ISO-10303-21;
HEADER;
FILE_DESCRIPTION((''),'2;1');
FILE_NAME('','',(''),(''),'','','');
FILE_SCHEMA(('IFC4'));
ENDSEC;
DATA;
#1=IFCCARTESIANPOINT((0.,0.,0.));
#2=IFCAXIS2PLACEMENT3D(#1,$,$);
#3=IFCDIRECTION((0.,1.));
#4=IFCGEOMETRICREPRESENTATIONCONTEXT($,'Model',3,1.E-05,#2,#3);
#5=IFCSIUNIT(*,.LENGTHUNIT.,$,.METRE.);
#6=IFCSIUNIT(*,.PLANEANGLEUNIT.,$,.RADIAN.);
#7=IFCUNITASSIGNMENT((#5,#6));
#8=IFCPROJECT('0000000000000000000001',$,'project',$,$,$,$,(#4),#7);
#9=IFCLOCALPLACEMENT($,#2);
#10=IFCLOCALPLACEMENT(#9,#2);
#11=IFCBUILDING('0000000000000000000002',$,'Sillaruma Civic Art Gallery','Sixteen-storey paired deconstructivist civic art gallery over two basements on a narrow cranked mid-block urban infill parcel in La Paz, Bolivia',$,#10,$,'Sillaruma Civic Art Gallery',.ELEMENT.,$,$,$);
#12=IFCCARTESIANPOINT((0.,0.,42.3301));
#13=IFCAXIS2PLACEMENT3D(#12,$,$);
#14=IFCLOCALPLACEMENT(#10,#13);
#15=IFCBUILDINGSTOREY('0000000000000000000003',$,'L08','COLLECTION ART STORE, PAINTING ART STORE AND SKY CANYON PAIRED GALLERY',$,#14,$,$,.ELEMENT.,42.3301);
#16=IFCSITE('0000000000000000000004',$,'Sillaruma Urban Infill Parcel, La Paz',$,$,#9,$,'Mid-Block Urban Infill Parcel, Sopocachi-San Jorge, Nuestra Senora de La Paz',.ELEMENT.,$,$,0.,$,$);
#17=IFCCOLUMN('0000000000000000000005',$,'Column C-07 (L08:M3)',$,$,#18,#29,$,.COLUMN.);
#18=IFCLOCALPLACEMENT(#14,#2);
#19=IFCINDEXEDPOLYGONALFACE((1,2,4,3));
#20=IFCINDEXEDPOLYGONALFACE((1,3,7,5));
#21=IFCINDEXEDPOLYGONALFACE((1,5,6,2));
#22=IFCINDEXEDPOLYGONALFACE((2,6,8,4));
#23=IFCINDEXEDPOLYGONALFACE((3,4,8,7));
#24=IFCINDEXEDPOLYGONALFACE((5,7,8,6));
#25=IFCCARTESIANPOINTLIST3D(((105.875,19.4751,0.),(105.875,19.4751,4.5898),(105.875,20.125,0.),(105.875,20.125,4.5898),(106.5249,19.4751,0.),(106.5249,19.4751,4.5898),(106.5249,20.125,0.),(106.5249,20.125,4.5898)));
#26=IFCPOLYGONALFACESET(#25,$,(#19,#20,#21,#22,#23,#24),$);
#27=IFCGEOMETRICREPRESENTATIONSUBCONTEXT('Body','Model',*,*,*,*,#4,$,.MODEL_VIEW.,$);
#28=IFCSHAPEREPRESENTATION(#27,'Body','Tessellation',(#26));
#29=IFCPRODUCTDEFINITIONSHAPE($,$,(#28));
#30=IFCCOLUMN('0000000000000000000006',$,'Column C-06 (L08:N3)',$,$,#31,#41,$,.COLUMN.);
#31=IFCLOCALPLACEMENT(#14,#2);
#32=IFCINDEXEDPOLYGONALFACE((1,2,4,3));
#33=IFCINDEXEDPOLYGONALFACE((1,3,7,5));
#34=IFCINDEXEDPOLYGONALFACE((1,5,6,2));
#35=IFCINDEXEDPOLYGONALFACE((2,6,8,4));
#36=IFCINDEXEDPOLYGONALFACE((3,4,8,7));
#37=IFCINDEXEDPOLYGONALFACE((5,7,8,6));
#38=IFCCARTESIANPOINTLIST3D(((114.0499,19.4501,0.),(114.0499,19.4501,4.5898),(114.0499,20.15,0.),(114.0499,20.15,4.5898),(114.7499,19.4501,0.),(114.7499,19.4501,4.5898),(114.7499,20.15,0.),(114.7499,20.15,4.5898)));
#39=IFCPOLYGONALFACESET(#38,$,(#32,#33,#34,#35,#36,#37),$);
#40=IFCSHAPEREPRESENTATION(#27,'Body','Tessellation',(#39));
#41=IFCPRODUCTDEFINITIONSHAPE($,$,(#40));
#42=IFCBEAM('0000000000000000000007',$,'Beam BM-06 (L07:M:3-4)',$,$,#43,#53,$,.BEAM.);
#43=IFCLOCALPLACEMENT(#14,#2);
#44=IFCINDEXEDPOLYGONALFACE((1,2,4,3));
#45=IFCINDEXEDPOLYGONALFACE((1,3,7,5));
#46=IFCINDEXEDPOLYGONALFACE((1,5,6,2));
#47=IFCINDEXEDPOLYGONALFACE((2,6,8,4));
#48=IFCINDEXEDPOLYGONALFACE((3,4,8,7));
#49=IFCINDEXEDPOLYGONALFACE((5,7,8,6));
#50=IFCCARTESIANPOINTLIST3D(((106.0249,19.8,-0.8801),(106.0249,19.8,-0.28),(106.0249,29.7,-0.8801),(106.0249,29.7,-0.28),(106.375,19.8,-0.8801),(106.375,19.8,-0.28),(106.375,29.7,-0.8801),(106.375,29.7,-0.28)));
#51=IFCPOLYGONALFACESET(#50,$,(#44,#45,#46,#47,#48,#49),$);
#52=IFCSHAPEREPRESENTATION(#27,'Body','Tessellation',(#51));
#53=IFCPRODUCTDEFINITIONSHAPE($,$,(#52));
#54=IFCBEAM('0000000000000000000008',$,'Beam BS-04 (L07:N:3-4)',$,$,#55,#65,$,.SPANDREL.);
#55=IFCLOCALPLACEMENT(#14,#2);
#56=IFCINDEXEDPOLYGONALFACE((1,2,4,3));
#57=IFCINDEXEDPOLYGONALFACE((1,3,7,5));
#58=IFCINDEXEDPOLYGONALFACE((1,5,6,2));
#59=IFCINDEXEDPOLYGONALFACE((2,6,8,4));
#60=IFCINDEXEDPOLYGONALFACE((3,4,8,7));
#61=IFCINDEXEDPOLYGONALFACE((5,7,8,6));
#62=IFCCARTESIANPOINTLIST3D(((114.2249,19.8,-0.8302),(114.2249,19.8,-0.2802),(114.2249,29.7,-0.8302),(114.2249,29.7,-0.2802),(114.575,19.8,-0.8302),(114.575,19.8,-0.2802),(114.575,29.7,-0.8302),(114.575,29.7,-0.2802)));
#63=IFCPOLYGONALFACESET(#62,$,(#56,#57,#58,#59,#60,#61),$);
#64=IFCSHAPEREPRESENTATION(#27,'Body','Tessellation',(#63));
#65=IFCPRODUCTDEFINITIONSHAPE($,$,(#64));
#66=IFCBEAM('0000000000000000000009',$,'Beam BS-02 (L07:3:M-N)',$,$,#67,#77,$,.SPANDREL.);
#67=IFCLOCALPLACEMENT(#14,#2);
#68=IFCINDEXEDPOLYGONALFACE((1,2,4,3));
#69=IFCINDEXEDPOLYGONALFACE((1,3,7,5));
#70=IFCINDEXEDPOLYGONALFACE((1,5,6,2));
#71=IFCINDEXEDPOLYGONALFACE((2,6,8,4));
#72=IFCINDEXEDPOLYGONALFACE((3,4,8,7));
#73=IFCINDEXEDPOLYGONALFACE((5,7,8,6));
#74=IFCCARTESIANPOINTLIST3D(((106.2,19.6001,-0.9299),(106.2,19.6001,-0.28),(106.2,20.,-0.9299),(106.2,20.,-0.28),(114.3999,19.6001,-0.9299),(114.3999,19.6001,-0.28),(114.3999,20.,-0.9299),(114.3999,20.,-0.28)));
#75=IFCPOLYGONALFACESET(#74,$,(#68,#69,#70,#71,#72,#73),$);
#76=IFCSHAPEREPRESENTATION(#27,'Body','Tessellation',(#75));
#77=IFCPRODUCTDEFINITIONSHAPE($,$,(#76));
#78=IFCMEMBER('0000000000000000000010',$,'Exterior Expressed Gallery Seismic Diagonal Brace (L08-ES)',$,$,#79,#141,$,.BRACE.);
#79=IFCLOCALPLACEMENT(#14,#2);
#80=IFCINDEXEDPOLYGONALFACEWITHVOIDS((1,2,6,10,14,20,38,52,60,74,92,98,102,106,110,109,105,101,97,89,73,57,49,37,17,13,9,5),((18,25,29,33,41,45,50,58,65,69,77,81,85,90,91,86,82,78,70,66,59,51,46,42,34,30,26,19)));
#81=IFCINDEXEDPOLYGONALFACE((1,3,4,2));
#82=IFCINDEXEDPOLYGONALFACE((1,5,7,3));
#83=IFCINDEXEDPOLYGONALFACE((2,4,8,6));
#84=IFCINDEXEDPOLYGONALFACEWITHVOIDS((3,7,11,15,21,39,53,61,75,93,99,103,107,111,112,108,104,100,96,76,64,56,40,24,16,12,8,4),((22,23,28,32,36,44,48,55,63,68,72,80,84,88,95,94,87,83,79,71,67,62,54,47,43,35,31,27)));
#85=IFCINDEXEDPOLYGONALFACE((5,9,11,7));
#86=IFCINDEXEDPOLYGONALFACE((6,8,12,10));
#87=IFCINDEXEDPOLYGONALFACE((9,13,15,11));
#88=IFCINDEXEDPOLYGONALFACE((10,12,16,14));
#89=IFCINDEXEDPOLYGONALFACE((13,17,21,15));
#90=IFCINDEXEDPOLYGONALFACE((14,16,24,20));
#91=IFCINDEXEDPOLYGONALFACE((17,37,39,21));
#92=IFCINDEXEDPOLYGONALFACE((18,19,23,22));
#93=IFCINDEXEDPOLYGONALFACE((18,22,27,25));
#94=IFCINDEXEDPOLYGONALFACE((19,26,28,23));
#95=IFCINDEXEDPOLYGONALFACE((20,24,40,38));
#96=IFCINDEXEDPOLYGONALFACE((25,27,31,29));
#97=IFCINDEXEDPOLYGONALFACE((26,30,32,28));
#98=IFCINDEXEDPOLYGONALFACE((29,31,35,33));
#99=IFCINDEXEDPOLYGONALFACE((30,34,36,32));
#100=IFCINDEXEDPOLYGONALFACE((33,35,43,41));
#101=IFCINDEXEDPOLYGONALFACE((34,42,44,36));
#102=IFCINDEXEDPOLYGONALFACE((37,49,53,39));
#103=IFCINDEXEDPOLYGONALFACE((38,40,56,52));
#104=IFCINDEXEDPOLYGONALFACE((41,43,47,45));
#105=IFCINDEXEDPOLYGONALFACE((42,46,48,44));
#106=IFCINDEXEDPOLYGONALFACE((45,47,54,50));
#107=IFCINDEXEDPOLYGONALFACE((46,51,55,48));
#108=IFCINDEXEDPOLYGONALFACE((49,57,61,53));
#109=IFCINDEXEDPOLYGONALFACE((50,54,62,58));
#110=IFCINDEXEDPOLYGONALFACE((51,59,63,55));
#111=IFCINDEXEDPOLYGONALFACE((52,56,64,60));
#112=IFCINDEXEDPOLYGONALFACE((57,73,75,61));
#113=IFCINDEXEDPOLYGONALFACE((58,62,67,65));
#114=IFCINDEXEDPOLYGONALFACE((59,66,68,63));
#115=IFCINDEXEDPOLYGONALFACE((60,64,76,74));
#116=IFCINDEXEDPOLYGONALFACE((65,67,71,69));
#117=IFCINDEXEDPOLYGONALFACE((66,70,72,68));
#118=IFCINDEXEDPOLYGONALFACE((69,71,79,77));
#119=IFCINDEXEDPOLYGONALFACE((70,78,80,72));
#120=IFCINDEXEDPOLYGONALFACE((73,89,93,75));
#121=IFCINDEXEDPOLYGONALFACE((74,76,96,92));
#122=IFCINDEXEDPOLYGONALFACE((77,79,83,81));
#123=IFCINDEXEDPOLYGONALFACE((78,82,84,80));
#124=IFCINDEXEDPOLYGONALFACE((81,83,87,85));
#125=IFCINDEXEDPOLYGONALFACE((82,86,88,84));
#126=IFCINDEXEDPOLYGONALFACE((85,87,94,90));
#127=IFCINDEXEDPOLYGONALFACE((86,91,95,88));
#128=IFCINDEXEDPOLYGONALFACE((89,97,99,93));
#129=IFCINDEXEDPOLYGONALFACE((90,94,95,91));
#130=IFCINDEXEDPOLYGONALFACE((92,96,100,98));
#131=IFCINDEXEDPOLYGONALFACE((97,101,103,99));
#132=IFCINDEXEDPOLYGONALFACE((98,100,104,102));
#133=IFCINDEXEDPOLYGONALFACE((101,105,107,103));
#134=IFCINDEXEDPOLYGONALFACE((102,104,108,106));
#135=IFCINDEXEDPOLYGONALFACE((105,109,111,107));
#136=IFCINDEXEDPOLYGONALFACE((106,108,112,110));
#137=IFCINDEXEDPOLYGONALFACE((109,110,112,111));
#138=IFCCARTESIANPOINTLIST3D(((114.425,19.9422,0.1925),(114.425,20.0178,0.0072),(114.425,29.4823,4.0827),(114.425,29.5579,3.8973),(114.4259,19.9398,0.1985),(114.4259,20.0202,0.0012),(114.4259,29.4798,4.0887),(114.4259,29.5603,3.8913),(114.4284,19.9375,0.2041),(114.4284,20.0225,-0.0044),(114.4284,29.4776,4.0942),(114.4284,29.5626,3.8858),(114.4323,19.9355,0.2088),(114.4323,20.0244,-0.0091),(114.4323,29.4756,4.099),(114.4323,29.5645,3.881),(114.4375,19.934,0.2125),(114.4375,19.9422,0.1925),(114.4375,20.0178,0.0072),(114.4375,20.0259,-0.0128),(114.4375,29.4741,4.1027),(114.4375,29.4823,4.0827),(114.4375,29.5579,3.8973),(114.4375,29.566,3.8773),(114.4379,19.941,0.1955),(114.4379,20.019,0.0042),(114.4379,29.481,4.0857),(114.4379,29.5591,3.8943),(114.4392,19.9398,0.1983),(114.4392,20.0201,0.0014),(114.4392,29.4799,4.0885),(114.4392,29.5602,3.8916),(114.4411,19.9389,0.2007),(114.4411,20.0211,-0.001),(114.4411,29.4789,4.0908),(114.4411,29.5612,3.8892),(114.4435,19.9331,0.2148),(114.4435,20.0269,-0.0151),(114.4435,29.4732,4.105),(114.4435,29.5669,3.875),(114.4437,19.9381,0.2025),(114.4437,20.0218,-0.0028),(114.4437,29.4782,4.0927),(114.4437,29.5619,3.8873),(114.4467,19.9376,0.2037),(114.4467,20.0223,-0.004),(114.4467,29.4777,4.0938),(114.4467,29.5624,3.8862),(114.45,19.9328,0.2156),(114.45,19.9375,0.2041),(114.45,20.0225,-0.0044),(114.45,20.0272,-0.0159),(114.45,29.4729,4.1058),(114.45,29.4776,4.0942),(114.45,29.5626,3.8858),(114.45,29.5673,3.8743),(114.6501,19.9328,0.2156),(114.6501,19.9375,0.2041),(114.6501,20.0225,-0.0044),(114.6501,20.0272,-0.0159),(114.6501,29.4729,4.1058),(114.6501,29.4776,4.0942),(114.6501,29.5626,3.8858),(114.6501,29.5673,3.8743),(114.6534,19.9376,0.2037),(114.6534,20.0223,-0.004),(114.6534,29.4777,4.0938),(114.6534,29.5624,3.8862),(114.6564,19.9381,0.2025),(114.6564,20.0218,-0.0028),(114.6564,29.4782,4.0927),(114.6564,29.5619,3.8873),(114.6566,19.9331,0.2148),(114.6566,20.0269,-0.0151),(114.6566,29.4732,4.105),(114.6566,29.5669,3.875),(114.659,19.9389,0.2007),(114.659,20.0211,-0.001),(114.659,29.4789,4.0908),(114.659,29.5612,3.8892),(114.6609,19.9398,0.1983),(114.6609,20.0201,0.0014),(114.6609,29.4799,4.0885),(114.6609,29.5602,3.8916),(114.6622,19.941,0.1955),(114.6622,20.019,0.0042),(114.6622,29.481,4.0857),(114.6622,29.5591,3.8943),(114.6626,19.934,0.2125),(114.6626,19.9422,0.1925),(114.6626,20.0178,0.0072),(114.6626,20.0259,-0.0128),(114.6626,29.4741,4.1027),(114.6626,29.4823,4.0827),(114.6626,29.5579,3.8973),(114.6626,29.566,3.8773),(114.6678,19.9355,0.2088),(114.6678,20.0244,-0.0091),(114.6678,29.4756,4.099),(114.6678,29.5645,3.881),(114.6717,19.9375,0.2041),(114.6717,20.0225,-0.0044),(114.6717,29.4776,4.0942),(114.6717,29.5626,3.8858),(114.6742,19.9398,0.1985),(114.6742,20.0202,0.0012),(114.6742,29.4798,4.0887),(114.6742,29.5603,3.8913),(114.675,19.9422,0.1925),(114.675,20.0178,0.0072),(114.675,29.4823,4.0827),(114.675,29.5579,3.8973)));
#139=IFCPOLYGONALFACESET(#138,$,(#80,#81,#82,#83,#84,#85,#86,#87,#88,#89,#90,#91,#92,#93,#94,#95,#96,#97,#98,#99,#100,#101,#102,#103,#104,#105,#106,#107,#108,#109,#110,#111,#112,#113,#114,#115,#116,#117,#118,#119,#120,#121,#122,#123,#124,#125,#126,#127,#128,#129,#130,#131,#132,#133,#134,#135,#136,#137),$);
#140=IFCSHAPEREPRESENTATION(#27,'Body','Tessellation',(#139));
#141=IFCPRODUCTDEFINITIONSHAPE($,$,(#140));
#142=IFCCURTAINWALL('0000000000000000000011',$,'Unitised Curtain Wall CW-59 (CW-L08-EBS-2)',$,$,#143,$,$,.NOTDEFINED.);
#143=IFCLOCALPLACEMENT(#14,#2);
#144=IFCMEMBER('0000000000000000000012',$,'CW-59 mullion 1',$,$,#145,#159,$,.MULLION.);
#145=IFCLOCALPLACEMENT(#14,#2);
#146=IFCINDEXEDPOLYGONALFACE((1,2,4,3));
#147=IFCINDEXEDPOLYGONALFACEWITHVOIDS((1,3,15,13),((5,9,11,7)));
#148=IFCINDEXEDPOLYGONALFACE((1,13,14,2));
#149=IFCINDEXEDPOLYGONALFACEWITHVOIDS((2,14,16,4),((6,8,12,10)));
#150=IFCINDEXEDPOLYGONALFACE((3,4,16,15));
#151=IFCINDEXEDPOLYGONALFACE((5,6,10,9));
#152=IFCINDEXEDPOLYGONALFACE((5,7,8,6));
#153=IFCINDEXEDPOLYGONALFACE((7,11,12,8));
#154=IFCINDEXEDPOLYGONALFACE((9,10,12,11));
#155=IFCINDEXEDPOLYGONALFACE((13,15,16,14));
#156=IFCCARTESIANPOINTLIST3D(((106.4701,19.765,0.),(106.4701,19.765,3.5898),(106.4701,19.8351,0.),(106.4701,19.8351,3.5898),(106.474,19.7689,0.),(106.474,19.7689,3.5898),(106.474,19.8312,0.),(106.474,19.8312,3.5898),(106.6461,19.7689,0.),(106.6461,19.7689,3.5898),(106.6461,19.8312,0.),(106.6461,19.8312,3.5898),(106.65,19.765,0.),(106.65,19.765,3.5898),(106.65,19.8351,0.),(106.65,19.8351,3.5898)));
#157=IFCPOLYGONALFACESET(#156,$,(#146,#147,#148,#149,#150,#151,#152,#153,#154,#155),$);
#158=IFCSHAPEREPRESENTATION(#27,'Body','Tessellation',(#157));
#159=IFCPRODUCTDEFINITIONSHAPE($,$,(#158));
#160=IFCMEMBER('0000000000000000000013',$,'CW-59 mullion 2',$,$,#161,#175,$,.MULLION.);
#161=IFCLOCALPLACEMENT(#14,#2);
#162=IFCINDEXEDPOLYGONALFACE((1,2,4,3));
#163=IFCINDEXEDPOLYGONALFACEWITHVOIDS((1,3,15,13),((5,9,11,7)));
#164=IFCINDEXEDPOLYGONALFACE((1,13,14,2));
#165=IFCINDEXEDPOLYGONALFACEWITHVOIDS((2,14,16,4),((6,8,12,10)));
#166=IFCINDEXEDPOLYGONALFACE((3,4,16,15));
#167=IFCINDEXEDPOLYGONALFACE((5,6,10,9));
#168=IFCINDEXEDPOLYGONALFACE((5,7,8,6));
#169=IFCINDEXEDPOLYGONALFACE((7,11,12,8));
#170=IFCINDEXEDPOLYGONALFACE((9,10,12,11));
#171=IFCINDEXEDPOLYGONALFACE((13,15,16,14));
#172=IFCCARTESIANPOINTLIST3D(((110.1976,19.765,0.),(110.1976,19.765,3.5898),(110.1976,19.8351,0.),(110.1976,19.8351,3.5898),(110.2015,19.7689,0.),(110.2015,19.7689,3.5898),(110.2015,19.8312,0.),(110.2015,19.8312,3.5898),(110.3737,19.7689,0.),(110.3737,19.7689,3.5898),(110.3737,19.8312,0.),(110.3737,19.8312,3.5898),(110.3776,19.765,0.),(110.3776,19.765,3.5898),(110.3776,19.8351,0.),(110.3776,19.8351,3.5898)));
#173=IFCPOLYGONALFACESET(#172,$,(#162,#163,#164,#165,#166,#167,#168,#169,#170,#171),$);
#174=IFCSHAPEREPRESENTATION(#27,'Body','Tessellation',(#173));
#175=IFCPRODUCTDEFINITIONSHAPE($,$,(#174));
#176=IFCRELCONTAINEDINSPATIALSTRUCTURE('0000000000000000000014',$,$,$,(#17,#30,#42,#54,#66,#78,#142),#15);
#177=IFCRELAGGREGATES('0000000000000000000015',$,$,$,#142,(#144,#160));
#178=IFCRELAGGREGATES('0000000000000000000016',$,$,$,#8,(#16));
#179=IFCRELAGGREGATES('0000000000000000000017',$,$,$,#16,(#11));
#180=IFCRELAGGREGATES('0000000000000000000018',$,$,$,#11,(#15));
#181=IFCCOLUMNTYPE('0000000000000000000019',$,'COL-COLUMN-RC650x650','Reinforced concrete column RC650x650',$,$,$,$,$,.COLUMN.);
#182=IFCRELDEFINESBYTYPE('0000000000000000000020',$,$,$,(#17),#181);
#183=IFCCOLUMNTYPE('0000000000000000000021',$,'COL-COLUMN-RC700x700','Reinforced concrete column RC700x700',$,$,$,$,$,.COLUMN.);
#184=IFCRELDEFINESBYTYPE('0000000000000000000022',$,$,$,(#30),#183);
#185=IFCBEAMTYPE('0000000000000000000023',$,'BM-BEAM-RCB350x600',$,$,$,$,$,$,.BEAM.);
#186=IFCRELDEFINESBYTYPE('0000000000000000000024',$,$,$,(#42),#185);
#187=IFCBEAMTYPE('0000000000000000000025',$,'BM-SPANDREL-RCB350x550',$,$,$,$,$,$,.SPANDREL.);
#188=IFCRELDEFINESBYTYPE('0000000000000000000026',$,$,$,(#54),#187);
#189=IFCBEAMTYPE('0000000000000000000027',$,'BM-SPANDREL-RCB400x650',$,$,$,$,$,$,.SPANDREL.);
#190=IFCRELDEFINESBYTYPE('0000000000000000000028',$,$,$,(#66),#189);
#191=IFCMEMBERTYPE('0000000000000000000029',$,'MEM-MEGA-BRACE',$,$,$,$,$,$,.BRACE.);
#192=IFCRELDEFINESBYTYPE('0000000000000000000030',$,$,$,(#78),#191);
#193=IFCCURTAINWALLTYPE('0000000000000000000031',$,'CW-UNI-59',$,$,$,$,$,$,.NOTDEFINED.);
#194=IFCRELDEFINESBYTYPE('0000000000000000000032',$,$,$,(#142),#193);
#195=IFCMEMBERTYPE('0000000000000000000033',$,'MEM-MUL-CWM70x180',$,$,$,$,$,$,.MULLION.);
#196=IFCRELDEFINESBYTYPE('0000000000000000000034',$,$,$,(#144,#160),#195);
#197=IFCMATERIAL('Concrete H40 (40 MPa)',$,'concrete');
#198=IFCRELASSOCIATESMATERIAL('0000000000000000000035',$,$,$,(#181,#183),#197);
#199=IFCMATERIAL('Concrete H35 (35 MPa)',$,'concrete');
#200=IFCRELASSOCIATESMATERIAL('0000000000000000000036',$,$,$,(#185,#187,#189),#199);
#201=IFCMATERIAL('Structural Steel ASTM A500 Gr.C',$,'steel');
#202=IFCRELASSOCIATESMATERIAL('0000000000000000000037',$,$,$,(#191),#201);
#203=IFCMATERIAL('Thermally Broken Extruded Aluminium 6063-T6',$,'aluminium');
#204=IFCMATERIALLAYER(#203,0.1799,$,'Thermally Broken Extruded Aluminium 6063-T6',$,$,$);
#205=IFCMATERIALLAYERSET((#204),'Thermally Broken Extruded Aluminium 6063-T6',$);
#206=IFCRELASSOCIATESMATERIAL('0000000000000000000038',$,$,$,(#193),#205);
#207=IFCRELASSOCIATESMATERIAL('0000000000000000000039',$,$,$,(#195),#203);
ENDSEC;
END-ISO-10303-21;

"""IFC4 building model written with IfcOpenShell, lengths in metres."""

from ifc_helpers import new_model, si_unit, direction, frame, origin, origin_2d, place, context, subcontext, project, spatial, rectangle, hollow_rectangle, extrude, material, layer, layer_set, material_profile, profile_set, type_object, element, aggregate, save


model = new_model("IFC4")

# Units and contexts
model_context = context("Model", 3, precision=1e-05, world=origin(), true_north=direction((0.0, 1.0)))
body_context = subcontext(model_context, "Body", "Model", "MODEL_VIEW")
ifc_project = project(units=[si_unit("LENGTHUNIT", "METRE"), si_unit("PLANEANGLEUNIT", "RADIAN")], contexts=[model_context])

# Site, building, storey
site_placement = place(None, origin())
site = spatial("IfcSite", under=ifc_project, at=site_placement, Name="Sillaruma Urban Infill Parcel, La Paz", LongName="Mid-Block Urban Infill Parcel, Sopocachi-San Jorge, Nuestra Senora de La Paz", CompositionType="ELEMENT", RefElevation=0.0)
building_placement = place(site_placement, origin())
building = spatial("IfcBuilding", under=site, at=building_placement, Name="Sillaruma Civic Art Gallery", Description="Sixteen-storey paired deconstructivist civic art gallery over two basements on a narrow cranked mid-block urban infill parcel in La Paz, Bolivia", LongName="Sillaruma Civic Art Gallery", CompositionType="ELEMENT")
storey_placement = place(building_placement, frame((0.0, 0.0, 42.3301)))
storey = spatial("IfcBuildingStorey", under=building, at=storey_placement, Name="L08", Description="COLLECTION ART STORE, PAINTING ART STORE AND SKY CANYON PAIRED GALLERY", CompositionType="ELEMENT", Elevation=42.3301)

# Columns
ifc_material_1 = material(Name="Concrete H40 (40 MPa)", Category="concrete")
ifc_material_profile_1 = material_profile(ifc_material_1, rectangle(XDim=0.6499, YDim=0.6499, at=origin_2d()), Name="RC650x650")
ifc_profile_set_1 = profile_set([ifc_material_profile_1], Name="Concrete H40 (40 MPa)")
column_type_1 = type_object("IfcColumnType", Name="COL-COLUMN-RC650x650", Description="Reinforced concrete column RC650x650", PredefinedType="COLUMN", material=ifc_profile_set_1)
column_1_placement = place(storey_placement, frame((106.2, 19.8, 0.0), z_axis=(0.0, 0.0, 1.0), x_axis=(1.0, 0.0, 0.0)))
element("IfcColumn", 1, at=column_1_placement, inside=storey, type_object=column_type_1, Name="Column C-07 (L08:M3)", PredefinedType="COLUMN", context=body_context, shape_type="SweptSolid", body=[
    extrude(rectangle(XDim=0.6499, YDim=0.6499, at=origin_2d()), origin(), (0.0, 0.0, 1.0), 4.5898),
])
ifc_material_profile_2 = material_profile(ifc_material_1, rectangle(XDim=0.7, YDim=0.7, at=origin_2d()), Name="RC700x700")
ifc_profile_set_2 = profile_set([ifc_material_profile_2], Name="Concrete H40 (40 MPa)")
column_type_2 = type_object("IfcColumnType", Name="COL-COLUMN-RC700x700", Description="Reinforced concrete column RC700x700", PredefinedType="COLUMN", material=ifc_profile_set_2)
column_2_placement = place(storey_placement, frame((114.3999, 19.8, 0.0), z_axis=(0.0, 0.0, 1.0), x_axis=(1.0, 0.0, 0.0)))
element("IfcColumn", 2, at=column_2_placement, inside=storey, type_object=column_type_2, Name="Column C-06 (L08:N3)", PredefinedType="COLUMN", context=body_context, shape_type="SweptSolid", body=[
    extrude(rectangle(XDim=0.7, YDim=0.7, at=origin_2d()), origin(), (0.0, 0.0, 1.0), 4.5898),
])

# Beams
ifc_material_2 = material(Name="Concrete H35 (35 MPa)", Category="concrete")
ifc_material_profile_3 = material_profile(ifc_material_2, rectangle(XDim=0.3501, YDim=0.6001, at=origin_2d()), Name="RCB350x600")
ifc_profile_set_3 = profile_set([ifc_material_profile_3], Name="Concrete H35 (35 MPa)")
beam_type_1 = type_object("IfcBeamType", Name="BM-BEAM-RCB350x600", PredefinedType="BEAM", material=ifc_profile_set_3)
beam_1_placement = place(storey_placement, frame((106.2, 19.8, -0.5801), z_axis=(0.0, 1.0, 0.0), x_axis=(-1.0, 0.0, 0.0)))
element("IfcBeam", 3, at=beam_1_placement, inside=storey, type_object=beam_type_1, Name="Beam BM-06 (L07:M:3-4)", PredefinedType="BEAM", context=body_context, shape_type="SweptSolid", body=[
    extrude(rectangle(XDim=0.3501, YDim=0.6001, at=origin_2d()), origin(), (0.0, 0.0, 1.0), 9.8999),
])
ifc_material_profile_4 = material_profile(ifc_material_2, rectangle(XDim=0.3501, YDim=0.55, at=origin_2d()), Name="RCB350x550")
ifc_profile_set_4 = profile_set([ifc_material_profile_4], Name="Concrete H35 (35 MPa)")
beam_type_2 = type_object("IfcBeamType", Name="BM-SPANDREL-RCB350x550", PredefinedType="SPANDREL", material=ifc_profile_set_4)
beam_2_placement = place(storey_placement, frame((114.3999, 19.8, -0.5552), z_axis=(0.0, 1.0, 0.0), x_axis=(-1.0, 0.0, 0.0)))
element("IfcBeam", 4, at=beam_2_placement, inside=storey, type_object=beam_type_2, Name="Beam BS-04 (L07:N:3-4)", PredefinedType="SPANDREL", context=body_context, shape_type="SweptSolid", body=[
    extrude(rectangle(XDim=0.3501, YDim=0.55, at=origin_2d()), origin(), (0.0, 0.0, 1.0), 9.8999),
])
ifc_material_profile_5 = material_profile(ifc_material_2, rectangle(XDim=0.3999, YDim=0.6499, at=origin_2d()), Name="RCB400x650")
ifc_profile_set_5 = profile_set([ifc_material_profile_5], Name="Concrete H35 (35 MPa)")
beam_type_3 = type_object("IfcBeamType", Name="BM-SPANDREL-RCB400x650", PredefinedType="SPANDREL", material=ifc_profile_set_5)
beam_3_placement = place(storey_placement, frame((106.2, 19.8, -0.605), z_axis=(1.0, 0.0, 0.0), x_axis=(0.0, 1.0, 0.0)))
element("IfcBeam", 5, at=beam_3_placement, inside=storey, type_object=beam_type_3, Name="Beam BS-02 (L07:3:M-N)", PredefinedType="SPANDREL", context=body_context, shape_type="SweptSolid", body=[
    extrude(rectangle(XDim=0.3999, YDim=0.6499, at=origin_2d()), origin(), (0.0, 0.0, 1.0), 8.2),
])

# Member
ifc_material_3 = material(Name="Structural Steel ASTM A500 Gr.C", Category="steel")
ifc_material_profile_6 = material_profile(ifc_material_3, hollow_rectangle(XDim=0.25, YDim=0.25, WallThickness=0.0125, InnerFilletRadius=0.0125, OuterFilletRadius=0.0249, at=origin_2d()), Name="HSS250x250x12.5")
ifc_profile_set_6 = profile_set([ifc_material_profile_6], Name="Structural Steel ASTM A500 Gr.C")
member_type_1 = type_object("IfcMemberType", Name="MEM-MEGA-BRACE", PredefinedType="BRACE", material=ifc_profile_set_6)
member_1_placement = place(storey_placement, frame((114.55, 19.98, 0.0999), z_axis=(0.0, 0.925975, 0.377584), x_axis=(-1.0, 0.0, 0.0)))
element("IfcMember", 6, at=member_1_placement, inside=storey, type_object=member_type_1, Name="Exterior Expressed Gallery Seismic Diagonal Brace (L08-ES)", PredefinedType="BRACE", context=body_context, shape_type="SweptSolid", body=[
    extrude(hollow_rectangle(XDim=0.25, YDim=0.25, WallThickness=0.0125, InnerFilletRadius=0.0125, OuterFilletRadius=0.0249, at=origin_2d()), origin(), (0.0, 0.0, 1.0), 10.3027),
])

# Curtain wall, members
ifc_material_4 = material(Name="Thermally Broken Extruded Aluminium 6063-T6", Category="aluminium")
ifc_layer_1 = layer(ifc_material_4, 0.1799, Name="Thermally Broken Extruded Aluminium 6063-T6")
ifc_layer_set_1 = layer_set([ifc_layer_1], Name="Thermally Broken Extruded Aluminium 6063-T6")
curtain_wall_type = type_object("IfcCurtainWallType", Name="CW-UNI-59", PredefinedType="NOTDEFINED", material=ifc_layer_set_1)
curtain_wall_placement = place(storey_placement, origin())
curtain_wall = element("IfcCurtainWall", 7, at=curtain_wall_placement, inside=storey, type_object=curtain_wall_type, Name="Unitised Curtain Wall CW-59 (CW-L08-EBS-2)", PredefinedType="NOTDEFINED")
ifc_material_profile_7 = material_profile(ifc_material_4, hollow_rectangle(XDim=0.0701, YDim=0.1799, WallThickness=0.0039, at=origin_2d()), Name="CWM70x180")
ifc_profile_set_7 = profile_set([ifc_material_profile_7], Name="Thermally Broken Extruded Aluminium 6063-T6")
member_type_2 = type_object("IfcMemberType", Name="MEM-MUL-CWM70x180", PredefinedType="MULLION", material=ifc_profile_set_7)
member_2_placement = place(storey_placement, frame((106.5601, 19.8, 0.0), z_axis=(0.0, 0.0, 1.0), x_axis=(0.0, 1.0, 0.0)))
member_2 = element("IfcMember", 8, at=member_2_placement, type_object=member_type_2, Name="CW-59 mullion 1", PredefinedType="MULLION", context=body_context, shape_type="SweptSolid", body=[
    extrude(hollow_rectangle(XDim=0.0701, YDim=0.1799, WallThickness=0.0039, at=origin_2d()), origin(), (0.0, 0.0, 1.0), 3.5898),
])
member_3_placement = place(storey_placement, frame((110.2876, 19.8, 0.0), z_axis=(0.0, 0.0, 1.0), x_axis=(0.0, 1.0, 0.0)))
member_3 = element("IfcMember", 9, at=member_3_placement, type_object=member_type_2, Name="CW-59 mullion 2", PredefinedType="MULLION", context=body_context, shape_type="SweptSolid", body=[
    extrude(hollow_rectangle(XDim=0.0701, YDim=0.1799, WallThickness=0.0039, at=origin_2d()), origin(), (0.0, 0.0, 1.0), 3.5898),
])
aggregate(curtain_wall, [member_2, member_3])

save(model, "model.ifc")
